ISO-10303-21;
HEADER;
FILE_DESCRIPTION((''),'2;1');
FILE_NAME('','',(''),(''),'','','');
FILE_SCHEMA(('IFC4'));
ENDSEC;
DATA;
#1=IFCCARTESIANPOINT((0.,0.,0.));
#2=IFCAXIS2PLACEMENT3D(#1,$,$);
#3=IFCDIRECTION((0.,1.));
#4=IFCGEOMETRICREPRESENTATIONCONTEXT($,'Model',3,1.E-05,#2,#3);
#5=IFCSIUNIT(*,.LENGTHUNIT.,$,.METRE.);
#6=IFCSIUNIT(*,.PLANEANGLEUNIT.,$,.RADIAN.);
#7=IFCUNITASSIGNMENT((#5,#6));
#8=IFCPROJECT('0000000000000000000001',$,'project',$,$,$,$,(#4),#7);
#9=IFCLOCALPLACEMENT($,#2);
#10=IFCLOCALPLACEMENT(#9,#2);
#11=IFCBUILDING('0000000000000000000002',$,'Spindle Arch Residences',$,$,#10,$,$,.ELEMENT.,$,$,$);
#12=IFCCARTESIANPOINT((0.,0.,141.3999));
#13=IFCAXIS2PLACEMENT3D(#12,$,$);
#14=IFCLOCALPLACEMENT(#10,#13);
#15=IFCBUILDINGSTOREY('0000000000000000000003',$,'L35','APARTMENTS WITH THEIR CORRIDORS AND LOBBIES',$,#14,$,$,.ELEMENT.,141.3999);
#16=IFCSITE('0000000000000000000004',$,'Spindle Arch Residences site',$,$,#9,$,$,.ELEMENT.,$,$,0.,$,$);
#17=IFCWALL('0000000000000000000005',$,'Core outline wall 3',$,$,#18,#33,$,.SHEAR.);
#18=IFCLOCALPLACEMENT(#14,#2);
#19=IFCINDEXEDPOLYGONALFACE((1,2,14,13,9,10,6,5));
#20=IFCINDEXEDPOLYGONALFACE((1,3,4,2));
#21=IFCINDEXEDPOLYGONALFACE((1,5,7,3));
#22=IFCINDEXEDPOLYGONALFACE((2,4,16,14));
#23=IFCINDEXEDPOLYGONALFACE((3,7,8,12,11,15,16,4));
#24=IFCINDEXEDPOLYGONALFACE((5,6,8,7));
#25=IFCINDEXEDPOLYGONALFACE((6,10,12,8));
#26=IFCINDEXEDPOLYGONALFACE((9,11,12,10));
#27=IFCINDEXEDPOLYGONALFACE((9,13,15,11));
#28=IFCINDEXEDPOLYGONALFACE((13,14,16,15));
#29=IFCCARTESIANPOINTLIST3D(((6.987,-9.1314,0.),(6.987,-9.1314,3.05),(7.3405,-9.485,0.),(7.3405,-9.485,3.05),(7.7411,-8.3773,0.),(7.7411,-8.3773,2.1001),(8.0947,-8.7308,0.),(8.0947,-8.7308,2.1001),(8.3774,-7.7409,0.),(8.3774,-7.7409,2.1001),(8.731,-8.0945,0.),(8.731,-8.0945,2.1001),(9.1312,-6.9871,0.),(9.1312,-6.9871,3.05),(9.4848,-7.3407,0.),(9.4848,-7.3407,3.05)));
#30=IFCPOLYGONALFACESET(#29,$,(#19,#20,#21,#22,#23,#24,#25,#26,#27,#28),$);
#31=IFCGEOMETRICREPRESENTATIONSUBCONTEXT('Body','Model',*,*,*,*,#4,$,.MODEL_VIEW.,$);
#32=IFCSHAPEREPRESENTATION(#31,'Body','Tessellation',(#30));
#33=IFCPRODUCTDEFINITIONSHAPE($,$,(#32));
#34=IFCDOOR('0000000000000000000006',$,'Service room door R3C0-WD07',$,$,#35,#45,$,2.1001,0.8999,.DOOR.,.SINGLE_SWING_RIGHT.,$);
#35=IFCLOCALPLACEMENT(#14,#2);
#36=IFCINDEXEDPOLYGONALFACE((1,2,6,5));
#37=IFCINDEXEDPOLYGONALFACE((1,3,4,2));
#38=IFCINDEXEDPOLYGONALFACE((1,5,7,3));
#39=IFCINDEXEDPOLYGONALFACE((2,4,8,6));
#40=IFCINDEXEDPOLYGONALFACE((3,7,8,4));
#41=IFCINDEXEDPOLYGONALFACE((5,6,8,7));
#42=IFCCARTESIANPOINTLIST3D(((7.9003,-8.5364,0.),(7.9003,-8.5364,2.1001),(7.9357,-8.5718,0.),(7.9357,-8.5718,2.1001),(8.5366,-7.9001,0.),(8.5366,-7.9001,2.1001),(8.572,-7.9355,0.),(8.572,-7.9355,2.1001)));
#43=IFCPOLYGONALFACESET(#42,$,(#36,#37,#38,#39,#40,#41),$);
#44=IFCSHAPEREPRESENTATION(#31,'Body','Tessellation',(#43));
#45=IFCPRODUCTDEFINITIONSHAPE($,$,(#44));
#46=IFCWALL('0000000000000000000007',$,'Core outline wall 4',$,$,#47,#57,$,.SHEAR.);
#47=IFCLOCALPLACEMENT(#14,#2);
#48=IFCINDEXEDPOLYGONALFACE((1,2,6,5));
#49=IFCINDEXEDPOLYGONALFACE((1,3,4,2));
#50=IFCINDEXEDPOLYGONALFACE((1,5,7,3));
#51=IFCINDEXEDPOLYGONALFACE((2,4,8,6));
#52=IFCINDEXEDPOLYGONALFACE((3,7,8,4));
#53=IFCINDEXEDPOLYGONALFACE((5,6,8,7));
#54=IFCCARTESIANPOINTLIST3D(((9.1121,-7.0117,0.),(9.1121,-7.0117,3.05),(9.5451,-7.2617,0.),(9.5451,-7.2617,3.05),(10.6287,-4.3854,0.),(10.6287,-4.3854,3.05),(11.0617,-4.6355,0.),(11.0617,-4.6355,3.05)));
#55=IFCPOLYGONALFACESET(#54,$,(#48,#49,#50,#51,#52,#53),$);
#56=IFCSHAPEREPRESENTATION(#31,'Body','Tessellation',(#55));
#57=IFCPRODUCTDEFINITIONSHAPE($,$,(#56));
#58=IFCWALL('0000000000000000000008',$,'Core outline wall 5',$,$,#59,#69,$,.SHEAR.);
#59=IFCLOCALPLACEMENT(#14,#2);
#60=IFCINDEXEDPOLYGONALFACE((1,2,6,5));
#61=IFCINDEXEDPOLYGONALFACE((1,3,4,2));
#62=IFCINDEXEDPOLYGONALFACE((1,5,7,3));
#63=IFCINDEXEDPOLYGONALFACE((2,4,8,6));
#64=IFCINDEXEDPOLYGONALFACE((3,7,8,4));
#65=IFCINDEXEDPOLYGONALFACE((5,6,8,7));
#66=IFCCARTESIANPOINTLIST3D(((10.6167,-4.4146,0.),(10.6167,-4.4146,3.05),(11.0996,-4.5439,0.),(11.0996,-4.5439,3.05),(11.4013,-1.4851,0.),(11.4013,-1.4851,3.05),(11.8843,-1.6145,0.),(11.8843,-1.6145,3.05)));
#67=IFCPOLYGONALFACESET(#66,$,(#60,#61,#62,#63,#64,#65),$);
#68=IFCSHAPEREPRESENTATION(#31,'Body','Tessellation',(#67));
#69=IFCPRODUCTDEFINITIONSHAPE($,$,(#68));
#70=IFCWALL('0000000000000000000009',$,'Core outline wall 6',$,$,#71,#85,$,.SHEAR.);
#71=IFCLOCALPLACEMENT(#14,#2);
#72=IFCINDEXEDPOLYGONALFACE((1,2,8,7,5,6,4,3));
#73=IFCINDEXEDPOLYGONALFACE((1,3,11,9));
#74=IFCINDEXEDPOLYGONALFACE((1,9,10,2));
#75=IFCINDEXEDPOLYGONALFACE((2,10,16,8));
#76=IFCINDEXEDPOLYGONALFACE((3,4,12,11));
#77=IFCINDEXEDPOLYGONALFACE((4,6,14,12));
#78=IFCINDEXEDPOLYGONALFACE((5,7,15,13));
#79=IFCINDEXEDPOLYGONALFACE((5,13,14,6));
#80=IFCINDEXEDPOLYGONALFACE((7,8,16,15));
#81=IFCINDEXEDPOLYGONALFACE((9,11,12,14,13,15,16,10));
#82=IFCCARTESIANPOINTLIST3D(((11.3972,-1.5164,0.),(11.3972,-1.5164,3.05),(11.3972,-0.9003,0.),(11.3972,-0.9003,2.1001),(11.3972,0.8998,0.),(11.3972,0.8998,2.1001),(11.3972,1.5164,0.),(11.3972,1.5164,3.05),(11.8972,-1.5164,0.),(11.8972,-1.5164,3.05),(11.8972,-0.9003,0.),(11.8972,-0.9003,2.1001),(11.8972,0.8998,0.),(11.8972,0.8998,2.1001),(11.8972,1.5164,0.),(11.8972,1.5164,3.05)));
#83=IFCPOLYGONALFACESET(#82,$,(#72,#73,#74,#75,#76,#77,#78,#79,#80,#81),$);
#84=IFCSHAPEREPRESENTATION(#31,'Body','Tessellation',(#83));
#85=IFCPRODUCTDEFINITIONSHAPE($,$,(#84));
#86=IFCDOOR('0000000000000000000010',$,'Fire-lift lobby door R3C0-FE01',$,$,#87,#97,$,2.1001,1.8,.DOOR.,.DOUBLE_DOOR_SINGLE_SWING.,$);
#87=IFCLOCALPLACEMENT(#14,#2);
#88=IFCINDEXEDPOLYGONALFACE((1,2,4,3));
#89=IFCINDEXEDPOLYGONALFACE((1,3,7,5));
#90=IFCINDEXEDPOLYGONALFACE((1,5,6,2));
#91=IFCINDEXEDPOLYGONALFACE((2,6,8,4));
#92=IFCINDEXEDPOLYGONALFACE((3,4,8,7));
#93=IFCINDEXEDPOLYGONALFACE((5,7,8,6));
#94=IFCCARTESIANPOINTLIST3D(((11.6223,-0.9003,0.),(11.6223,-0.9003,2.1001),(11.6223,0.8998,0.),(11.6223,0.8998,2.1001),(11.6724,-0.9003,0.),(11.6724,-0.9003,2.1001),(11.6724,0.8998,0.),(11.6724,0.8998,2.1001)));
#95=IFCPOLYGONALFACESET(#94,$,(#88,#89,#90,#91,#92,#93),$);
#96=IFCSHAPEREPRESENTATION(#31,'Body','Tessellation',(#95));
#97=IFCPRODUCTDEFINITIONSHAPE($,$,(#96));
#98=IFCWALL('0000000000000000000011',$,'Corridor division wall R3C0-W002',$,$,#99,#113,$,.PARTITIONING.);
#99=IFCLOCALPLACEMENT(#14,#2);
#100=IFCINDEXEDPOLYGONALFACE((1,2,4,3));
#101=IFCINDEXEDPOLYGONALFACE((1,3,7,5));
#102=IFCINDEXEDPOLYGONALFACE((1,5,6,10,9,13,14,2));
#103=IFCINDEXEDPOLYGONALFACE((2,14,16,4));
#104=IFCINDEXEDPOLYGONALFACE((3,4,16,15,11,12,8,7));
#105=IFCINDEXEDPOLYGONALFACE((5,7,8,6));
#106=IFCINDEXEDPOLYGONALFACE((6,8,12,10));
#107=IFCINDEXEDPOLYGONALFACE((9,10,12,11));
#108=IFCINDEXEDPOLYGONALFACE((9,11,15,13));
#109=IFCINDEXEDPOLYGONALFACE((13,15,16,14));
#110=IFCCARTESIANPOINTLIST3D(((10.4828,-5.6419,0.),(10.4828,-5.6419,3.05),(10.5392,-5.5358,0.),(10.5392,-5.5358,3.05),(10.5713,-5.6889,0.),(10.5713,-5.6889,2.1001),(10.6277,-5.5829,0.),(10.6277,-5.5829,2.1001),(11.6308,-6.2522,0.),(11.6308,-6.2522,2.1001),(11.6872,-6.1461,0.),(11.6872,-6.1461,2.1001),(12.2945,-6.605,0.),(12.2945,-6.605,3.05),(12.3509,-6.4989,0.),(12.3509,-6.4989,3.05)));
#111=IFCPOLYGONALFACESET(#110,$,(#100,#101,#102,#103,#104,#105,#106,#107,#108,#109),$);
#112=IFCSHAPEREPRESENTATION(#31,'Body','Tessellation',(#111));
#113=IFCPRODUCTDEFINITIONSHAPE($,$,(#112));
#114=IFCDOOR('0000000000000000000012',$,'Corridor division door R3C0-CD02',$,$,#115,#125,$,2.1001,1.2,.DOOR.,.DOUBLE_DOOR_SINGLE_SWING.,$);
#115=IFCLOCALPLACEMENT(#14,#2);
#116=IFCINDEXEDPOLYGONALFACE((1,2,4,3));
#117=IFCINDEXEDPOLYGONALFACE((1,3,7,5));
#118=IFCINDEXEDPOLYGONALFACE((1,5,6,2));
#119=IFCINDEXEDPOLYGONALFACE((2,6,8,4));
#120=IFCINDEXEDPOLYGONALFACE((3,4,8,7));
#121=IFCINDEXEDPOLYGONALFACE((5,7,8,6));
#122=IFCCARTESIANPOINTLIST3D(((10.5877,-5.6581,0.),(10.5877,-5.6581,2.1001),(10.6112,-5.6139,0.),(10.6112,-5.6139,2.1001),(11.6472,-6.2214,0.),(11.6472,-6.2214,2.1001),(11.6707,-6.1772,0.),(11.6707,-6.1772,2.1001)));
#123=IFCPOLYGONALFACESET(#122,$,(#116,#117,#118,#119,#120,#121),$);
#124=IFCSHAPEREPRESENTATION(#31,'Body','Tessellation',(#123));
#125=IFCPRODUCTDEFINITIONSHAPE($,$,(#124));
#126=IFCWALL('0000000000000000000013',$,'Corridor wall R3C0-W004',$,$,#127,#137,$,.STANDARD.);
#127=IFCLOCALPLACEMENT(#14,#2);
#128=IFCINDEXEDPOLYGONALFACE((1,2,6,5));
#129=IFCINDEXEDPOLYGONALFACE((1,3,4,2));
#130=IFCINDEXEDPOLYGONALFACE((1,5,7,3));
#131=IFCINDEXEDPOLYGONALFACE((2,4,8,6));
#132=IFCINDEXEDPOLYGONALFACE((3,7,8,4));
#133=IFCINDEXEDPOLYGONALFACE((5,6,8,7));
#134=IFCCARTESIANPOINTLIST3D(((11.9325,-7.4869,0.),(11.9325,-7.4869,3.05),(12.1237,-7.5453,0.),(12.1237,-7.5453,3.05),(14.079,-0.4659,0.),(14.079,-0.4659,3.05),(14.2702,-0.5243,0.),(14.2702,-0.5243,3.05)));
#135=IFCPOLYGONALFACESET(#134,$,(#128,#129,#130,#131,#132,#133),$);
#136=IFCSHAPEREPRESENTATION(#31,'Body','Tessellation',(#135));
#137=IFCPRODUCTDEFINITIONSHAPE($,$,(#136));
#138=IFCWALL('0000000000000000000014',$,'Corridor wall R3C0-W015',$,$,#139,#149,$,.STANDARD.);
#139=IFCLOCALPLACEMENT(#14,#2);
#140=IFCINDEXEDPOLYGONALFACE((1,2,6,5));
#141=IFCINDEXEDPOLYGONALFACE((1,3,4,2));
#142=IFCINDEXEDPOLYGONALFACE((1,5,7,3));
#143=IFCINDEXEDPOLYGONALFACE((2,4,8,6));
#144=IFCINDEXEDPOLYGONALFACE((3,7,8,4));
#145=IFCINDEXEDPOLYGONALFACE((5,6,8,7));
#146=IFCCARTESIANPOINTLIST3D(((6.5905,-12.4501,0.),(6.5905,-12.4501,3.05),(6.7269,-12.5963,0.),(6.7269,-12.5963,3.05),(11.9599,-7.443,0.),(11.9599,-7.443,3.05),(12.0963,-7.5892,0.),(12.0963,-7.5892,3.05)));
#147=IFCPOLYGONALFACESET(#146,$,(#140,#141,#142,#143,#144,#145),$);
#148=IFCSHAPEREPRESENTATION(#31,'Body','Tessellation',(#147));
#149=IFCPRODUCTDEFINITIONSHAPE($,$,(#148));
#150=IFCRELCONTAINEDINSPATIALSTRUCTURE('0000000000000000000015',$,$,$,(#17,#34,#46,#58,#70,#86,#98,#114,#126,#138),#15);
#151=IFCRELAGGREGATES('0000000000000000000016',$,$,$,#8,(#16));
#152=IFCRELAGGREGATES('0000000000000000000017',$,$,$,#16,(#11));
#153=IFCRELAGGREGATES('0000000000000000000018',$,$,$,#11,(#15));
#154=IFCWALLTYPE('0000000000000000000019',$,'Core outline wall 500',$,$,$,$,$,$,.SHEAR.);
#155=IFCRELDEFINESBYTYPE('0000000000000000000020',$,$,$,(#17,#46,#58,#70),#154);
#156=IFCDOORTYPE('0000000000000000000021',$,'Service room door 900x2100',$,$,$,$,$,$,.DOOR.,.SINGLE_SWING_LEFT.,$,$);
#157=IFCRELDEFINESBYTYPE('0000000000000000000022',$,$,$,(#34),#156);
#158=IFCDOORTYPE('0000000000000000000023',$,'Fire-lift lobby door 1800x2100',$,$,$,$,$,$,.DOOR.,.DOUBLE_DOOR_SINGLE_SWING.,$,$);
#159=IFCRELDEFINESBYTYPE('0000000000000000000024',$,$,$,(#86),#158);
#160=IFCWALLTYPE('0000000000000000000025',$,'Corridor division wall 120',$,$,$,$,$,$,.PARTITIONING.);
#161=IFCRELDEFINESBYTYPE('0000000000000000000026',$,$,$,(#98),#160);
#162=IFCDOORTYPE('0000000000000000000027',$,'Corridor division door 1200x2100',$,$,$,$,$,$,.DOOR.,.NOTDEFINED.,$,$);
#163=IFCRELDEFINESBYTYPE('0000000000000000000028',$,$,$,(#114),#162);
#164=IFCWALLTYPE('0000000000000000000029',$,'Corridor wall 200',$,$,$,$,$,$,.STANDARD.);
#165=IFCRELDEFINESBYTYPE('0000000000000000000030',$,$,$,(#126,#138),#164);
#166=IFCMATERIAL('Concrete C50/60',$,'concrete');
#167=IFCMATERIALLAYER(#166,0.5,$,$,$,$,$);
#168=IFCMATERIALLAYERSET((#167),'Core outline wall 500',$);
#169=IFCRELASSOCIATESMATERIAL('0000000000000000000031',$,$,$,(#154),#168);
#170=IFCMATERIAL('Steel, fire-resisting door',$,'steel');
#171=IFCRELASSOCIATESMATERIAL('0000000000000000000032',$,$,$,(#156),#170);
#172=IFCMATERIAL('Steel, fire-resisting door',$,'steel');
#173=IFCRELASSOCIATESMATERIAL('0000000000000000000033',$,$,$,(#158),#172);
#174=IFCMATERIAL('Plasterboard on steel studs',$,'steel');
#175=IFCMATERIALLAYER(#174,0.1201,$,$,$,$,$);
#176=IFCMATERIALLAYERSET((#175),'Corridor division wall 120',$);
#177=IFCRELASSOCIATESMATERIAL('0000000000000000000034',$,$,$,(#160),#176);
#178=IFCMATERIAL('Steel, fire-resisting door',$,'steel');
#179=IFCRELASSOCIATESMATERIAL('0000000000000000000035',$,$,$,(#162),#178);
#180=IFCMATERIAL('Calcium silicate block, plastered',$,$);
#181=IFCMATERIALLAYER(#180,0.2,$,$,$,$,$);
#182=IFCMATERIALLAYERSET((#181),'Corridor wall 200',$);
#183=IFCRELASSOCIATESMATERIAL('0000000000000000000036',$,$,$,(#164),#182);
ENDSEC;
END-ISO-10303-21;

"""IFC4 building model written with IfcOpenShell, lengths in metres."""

from ifc_helpers import new_model, si_unit, direction, frame, frame_2d, origin, place, context, subcontext, project, spatial, rectangle, extrude, material, layer, layer_set, type_object, element, fill, save


model = new_model("IFC4")

# Units and contexts
model_context = context("Model", 3, precision=1e-05, world=origin(), true_north=direction((0.0, 1.0)))
body_context = subcontext(model_context, "Body", "Model", "MODEL_VIEW")
ifc_project = project(units=[si_unit("LENGTHUNIT", "METRE"), si_unit("PLANEANGLEUNIT", "RADIAN")], contexts=[model_context])

# Site, building, storey
site_placement = place(None, origin())
site = spatial("IfcSite", under=ifc_project, at=site_placement, Name="Spindle Arch Residences site", CompositionType="ELEMENT", RefElevation=0.0)
building_placement = place(site_placement, origin())
building = spatial("IfcBuilding", under=site, at=building_placement, Name="Spindle Arch Residences", CompositionType="ELEMENT")
storey_placement = place(building_placement, frame((0.0, 0.0, 141.3999)))
storey = spatial("IfcBuildingStorey", under=building, at=storey_placement, Name="L35", Description="APARTMENTS WITH THEIR CORRIDORS AND LOBBIES", CompositionType="ELEMENT", Elevation=141.3999)

# Wall, opening, door
ifc_material_1 = material(Name="Concrete C50/60", Category="concrete")
ifc_layer_1 = layer(ifc_material_1, 0.5)
ifc_layer_set_1 = layer_set([ifc_layer_1], Name="Core outline wall 500")
wall_type_1 = type_object("IfcWallType", Name="Core outline wall 500", PredefinedType="SHEAR", material=ifc_layer_set_1)
wall_1_placement = place(storey_placement, frame((7.1638, -9.3081, 0.0), z_axis=(0.0, 0.0, 1.0), x_axis=(0.707107, 0.707107, 0.0)))
wall_1 = element("IfcWall", 1, at=wall_1_placement, inside=storey, type_object=wall_type_1, Name="Core outline wall 3", PredefinedType="SHEAR", context=body_context, shape_type="SweptSolid", body=[
    extrude(rectangle(XDim=3.0325, YDim=0.5, at=frame_2d((1.5161, 0.0))), origin(), (0.0, 0.0, 1.0), 3.05),
])
opening_1_placement = place(wall_1_placement, frame((1.0664, 0.0, 0.0)))
opening_1 = element("IfcOpeningElement", 2, at=opening_1_placement, cuts=wall_1, PredefinedType="OPENING", context=body_context, shape_type="SweptSolid", body=[
    extrude(rectangle(XDim=0.8999, YDim=2.1001, at=frame_2d((0.45, 1.05))), frame((0.0, 0.26, 0.0), z_axis=(0.0, -1.0, 0.0), x_axis=(1.0, 0.0, 0.0)), (0.0, 0.0, 1.0), 0.52),
])
ifc_material_2 = material(Name="Steel, fire-resisting door", Category="steel")
door_type_1 = type_object("IfcDoorType", Name="Service room door 900x2100", OperationType="SINGLE_SWING_LEFT", PredefinedType="DOOR", material=ifc_material_2)
door_1_placement = place(opening_1_placement, origin())
door_1 = element("IfcDoor", 3, at=door_1_placement, inside=storey, type_object=door_type_1, Name="Service room door R3C0-WD07", OperationType="SINGLE_SWING_RIGHT", OverallHeight=2.1001, OverallWidth=0.8999, PredefinedType="DOOR", context=body_context, shape_type="SweptSolid", body=[
    extrude(rectangle(XDim=0.8999, YDim=2.1001, at=frame_2d((0.45, 1.05))), frame((0.0, 0.0249, 0.0), z_axis=(0.0, -1.0, 0.0), x_axis=(1.0, 0.0, 0.0)), (0.0, 0.0, 1.0), 0.05),
])
fill(opening_1, door_1)

# Walls
for number, where, z_axis, x_axis, name in (
    (4, (9.3286, -7.1367, 0.0), (0.0, 0.0, 1.0), (0.500087, 0.865975, 0.0), "Core outline wall 4"),
    (5, (10.8582, -4.4792, 0.0), (0.0, 0.0, 1.0), (0.258735, 0.965948, 0.0), "Core outline wall 5"),
):
    element("IfcWall", number, at=place(storey_placement, frame(where, z_axis=z_axis, x_axis=x_axis)), inside=storey, type_object=wall_type_1, Name=name, PredefinedType="SHEAR", context=body_context, shape_type="SweptSolid", body=[
        extrude(rectangle(XDim=3.0327, YDim=0.5, at=frame_2d((1.5164, 0.0))), origin(), (0.0, 0.0, 1.0), 3.05),
    ])

# Walls, openings, doors
wall_2_placement = place(storey_placement, frame((11.6472, -1.5164, 0.0), z_axis=(0.0, 0.0, 1.0), x_axis=(0.0, 1.0, 0.0)))
wall_2 = element("IfcWall", 6, at=wall_2_placement, inside=storey, type_object=wall_type_1, Name="Core outline wall 6", PredefinedType="SHEAR", context=body_context, shape_type="SweptSolid", body=[
    extrude(rectangle(XDim=3.0327, YDim=0.5, at=frame_2d((1.5164, 0.0))), origin(), (0.0, 0.0, 1.0), 3.05),
])
opening_2_placement = place(wall_2_placement, frame((0.6162, 0.0, 0.0)))
opening_2 = element("IfcOpeningElement", 7, at=opening_2_placement, cuts=wall_2, PredefinedType="OPENING", context=body_context, shape_type="SweptSolid", body=[
    extrude(rectangle(XDim=1.8, YDim=2.1001, at=frame_2d((0.8999, 1.05))), frame((0.0, 0.26, 0.0), z_axis=(0.0, -1.0, 0.0), x_axis=(1.0, 0.0, 0.0)), (0.0, 0.0, 1.0), 0.52),
])
ifc_material_3 = material(Name="Steel, fire-resisting door", Category="steel")
door_type_2 = type_object("IfcDoorType", Name="Fire-lift lobby door 1800x2100", OperationType="DOUBLE_DOOR_SINGLE_SWING", PredefinedType="DOOR", material=ifc_material_3)
door_2_placement = place(opening_2_placement, origin())
door_2 = element("IfcDoor", 8, at=door_2_placement, inside=storey, type_object=door_type_2, Name="Fire-lift lobby door R3C0-FE01", OperationType="DOUBLE_DOOR_SINGLE_SWING", OverallHeight=2.1001, OverallWidth=1.8, PredefinedType="DOOR", context=body_context, shape_type="SweptSolid", body=[
    extrude(rectangle(XDim=1.8, YDim=2.1001, at=frame_2d((0.8999, 1.05))), frame((0.0, 0.0249, 0.0), z_axis=(0.0, -1.0, 0.0), x_axis=(1.0, 0.0, 0.0)), (0.0, 0.0, 1.0), 0.05),
])
fill(opening_2, door_2)
ifc_material_4 = material(Name="Plasterboard on steel studs", Category="steel")
ifc_layer_2 = layer(ifc_material_4, 0.1201)
ifc_layer_set_2 = layer_set([ifc_layer_2], Name="Corridor division wall 120")
wall_type_2 = type_object("IfcWallType", Name="Corridor division wall 120", PredefinedType="PARTITIONING", material=ifc_layer_set_2)
wall_3_placement = place(storey_placement, frame((10.511, -5.5889, 0.0), z_axis=(0.0, 0.0, 1.0), x_axis=(0.882988, -0.469396, 0.0)))
wall_3 = element("IfcWall", 9, at=wall_3_placement, inside=storey, type_object=wall_type_2, Name="Corridor division wall R3C0-W002", PredefinedType="PARTITIONING", context=body_context, shape_type="SweptSolid", body=[
    extrude(rectangle(XDim=2.0518, YDim=0.1201, at=frame_2d((1.0259, 0.0))), origin(), (0.0, 0.0, 1.0), 3.05),
])
opening_3_placement = place(wall_3_placement, frame((0.1001, 0.0, 0.0)))
opening_3 = element("IfcOpeningElement", 10, at=opening_3_placement, cuts=wall_3, PredefinedType="OPENING", context=body_context, shape_type="SweptSolid", body=[
    extrude(rectangle(XDim=1.2, YDim=2.1001, at=frame_2d((0.6001, 1.05))), frame((0.0, 0.0701, 0.0), z_axis=(0.0, -1.0, 0.0), x_axis=(1.0, 0.0, 0.0)), (0.0, 0.0, 1.0), 0.1401),
])
ifc_material_5 = material(Name="Steel, fire-resisting door", Category="steel")
door_type_3 = type_object("IfcDoorType", Name="Corridor division door 1200x2100", OperationType="NOTDEFINED", PredefinedType="DOOR", material=ifc_material_5)
door_3_placement = place(opening_3_placement, origin())
door_3 = element("IfcDoor", 11, at=door_3_placement, inside=storey, type_object=door_type_3, Name="Corridor division door R3C0-CD02", OperationType="DOUBLE_DOOR_SINGLE_SWING", OverallHeight=2.1001, OverallWidth=1.2, PredefinedType="DOOR", context=body_context, shape_type="SweptSolid", body=[
    extrude(rectangle(XDim=1.2, YDim=2.1001, at=frame_2d((0.6001, 1.05))), frame((0.0, 0.0249, 0.0), z_axis=(0.0, -1.0, 0.0), x_axis=(1.0, 0.0, 0.0)), (0.0, 0.0, 1.0), 0.05),
])
fill(opening_3, door_3)

# Walls
ifc_material_6 = material(Name="Calcium silicate block, plastered")
ifc_layer_3 = layer(ifc_material_6, 0.2)
ifc_layer_set_3 = layer_set([ifc_layer_3], Name="Corridor wall 200")
wall_type_3 = type_object("IfcWallType", Name="Corridor wall 200", PredefinedType="STANDARD", material=ifc_layer_set_3)
for number, where, z_axis, x_axis, name in (
    (12, (12.0281, -7.5161, 0.0), (0.0, 0.0, 1.0), (0.292366, 0.956307, 0.0), "Corridor wall R3C0-W004"),
    (13, (6.6587, -12.5232, 0.0), (0.0, 0.0, 1.0), (0.73135, 0.682002, 0.0), "Corridor wall R3C0-W015"),
):
    element("IfcWall", number, at=place(storey_placement, frame(where, z_axis=z_axis, x_axis=x_axis)), inside=storey, type_object=wall_type_3, Name=name, PredefinedType="STANDARD", context=body_context, shape_type="SweptSolid", body=[
        extrude(rectangle(XDim=7.3418, YDim=0.2, at=frame_2d((3.6709, 0.0))), origin(), (0.0, 0.0, 1.0), 3.05),
    ])

save(model, "model.ifc")
